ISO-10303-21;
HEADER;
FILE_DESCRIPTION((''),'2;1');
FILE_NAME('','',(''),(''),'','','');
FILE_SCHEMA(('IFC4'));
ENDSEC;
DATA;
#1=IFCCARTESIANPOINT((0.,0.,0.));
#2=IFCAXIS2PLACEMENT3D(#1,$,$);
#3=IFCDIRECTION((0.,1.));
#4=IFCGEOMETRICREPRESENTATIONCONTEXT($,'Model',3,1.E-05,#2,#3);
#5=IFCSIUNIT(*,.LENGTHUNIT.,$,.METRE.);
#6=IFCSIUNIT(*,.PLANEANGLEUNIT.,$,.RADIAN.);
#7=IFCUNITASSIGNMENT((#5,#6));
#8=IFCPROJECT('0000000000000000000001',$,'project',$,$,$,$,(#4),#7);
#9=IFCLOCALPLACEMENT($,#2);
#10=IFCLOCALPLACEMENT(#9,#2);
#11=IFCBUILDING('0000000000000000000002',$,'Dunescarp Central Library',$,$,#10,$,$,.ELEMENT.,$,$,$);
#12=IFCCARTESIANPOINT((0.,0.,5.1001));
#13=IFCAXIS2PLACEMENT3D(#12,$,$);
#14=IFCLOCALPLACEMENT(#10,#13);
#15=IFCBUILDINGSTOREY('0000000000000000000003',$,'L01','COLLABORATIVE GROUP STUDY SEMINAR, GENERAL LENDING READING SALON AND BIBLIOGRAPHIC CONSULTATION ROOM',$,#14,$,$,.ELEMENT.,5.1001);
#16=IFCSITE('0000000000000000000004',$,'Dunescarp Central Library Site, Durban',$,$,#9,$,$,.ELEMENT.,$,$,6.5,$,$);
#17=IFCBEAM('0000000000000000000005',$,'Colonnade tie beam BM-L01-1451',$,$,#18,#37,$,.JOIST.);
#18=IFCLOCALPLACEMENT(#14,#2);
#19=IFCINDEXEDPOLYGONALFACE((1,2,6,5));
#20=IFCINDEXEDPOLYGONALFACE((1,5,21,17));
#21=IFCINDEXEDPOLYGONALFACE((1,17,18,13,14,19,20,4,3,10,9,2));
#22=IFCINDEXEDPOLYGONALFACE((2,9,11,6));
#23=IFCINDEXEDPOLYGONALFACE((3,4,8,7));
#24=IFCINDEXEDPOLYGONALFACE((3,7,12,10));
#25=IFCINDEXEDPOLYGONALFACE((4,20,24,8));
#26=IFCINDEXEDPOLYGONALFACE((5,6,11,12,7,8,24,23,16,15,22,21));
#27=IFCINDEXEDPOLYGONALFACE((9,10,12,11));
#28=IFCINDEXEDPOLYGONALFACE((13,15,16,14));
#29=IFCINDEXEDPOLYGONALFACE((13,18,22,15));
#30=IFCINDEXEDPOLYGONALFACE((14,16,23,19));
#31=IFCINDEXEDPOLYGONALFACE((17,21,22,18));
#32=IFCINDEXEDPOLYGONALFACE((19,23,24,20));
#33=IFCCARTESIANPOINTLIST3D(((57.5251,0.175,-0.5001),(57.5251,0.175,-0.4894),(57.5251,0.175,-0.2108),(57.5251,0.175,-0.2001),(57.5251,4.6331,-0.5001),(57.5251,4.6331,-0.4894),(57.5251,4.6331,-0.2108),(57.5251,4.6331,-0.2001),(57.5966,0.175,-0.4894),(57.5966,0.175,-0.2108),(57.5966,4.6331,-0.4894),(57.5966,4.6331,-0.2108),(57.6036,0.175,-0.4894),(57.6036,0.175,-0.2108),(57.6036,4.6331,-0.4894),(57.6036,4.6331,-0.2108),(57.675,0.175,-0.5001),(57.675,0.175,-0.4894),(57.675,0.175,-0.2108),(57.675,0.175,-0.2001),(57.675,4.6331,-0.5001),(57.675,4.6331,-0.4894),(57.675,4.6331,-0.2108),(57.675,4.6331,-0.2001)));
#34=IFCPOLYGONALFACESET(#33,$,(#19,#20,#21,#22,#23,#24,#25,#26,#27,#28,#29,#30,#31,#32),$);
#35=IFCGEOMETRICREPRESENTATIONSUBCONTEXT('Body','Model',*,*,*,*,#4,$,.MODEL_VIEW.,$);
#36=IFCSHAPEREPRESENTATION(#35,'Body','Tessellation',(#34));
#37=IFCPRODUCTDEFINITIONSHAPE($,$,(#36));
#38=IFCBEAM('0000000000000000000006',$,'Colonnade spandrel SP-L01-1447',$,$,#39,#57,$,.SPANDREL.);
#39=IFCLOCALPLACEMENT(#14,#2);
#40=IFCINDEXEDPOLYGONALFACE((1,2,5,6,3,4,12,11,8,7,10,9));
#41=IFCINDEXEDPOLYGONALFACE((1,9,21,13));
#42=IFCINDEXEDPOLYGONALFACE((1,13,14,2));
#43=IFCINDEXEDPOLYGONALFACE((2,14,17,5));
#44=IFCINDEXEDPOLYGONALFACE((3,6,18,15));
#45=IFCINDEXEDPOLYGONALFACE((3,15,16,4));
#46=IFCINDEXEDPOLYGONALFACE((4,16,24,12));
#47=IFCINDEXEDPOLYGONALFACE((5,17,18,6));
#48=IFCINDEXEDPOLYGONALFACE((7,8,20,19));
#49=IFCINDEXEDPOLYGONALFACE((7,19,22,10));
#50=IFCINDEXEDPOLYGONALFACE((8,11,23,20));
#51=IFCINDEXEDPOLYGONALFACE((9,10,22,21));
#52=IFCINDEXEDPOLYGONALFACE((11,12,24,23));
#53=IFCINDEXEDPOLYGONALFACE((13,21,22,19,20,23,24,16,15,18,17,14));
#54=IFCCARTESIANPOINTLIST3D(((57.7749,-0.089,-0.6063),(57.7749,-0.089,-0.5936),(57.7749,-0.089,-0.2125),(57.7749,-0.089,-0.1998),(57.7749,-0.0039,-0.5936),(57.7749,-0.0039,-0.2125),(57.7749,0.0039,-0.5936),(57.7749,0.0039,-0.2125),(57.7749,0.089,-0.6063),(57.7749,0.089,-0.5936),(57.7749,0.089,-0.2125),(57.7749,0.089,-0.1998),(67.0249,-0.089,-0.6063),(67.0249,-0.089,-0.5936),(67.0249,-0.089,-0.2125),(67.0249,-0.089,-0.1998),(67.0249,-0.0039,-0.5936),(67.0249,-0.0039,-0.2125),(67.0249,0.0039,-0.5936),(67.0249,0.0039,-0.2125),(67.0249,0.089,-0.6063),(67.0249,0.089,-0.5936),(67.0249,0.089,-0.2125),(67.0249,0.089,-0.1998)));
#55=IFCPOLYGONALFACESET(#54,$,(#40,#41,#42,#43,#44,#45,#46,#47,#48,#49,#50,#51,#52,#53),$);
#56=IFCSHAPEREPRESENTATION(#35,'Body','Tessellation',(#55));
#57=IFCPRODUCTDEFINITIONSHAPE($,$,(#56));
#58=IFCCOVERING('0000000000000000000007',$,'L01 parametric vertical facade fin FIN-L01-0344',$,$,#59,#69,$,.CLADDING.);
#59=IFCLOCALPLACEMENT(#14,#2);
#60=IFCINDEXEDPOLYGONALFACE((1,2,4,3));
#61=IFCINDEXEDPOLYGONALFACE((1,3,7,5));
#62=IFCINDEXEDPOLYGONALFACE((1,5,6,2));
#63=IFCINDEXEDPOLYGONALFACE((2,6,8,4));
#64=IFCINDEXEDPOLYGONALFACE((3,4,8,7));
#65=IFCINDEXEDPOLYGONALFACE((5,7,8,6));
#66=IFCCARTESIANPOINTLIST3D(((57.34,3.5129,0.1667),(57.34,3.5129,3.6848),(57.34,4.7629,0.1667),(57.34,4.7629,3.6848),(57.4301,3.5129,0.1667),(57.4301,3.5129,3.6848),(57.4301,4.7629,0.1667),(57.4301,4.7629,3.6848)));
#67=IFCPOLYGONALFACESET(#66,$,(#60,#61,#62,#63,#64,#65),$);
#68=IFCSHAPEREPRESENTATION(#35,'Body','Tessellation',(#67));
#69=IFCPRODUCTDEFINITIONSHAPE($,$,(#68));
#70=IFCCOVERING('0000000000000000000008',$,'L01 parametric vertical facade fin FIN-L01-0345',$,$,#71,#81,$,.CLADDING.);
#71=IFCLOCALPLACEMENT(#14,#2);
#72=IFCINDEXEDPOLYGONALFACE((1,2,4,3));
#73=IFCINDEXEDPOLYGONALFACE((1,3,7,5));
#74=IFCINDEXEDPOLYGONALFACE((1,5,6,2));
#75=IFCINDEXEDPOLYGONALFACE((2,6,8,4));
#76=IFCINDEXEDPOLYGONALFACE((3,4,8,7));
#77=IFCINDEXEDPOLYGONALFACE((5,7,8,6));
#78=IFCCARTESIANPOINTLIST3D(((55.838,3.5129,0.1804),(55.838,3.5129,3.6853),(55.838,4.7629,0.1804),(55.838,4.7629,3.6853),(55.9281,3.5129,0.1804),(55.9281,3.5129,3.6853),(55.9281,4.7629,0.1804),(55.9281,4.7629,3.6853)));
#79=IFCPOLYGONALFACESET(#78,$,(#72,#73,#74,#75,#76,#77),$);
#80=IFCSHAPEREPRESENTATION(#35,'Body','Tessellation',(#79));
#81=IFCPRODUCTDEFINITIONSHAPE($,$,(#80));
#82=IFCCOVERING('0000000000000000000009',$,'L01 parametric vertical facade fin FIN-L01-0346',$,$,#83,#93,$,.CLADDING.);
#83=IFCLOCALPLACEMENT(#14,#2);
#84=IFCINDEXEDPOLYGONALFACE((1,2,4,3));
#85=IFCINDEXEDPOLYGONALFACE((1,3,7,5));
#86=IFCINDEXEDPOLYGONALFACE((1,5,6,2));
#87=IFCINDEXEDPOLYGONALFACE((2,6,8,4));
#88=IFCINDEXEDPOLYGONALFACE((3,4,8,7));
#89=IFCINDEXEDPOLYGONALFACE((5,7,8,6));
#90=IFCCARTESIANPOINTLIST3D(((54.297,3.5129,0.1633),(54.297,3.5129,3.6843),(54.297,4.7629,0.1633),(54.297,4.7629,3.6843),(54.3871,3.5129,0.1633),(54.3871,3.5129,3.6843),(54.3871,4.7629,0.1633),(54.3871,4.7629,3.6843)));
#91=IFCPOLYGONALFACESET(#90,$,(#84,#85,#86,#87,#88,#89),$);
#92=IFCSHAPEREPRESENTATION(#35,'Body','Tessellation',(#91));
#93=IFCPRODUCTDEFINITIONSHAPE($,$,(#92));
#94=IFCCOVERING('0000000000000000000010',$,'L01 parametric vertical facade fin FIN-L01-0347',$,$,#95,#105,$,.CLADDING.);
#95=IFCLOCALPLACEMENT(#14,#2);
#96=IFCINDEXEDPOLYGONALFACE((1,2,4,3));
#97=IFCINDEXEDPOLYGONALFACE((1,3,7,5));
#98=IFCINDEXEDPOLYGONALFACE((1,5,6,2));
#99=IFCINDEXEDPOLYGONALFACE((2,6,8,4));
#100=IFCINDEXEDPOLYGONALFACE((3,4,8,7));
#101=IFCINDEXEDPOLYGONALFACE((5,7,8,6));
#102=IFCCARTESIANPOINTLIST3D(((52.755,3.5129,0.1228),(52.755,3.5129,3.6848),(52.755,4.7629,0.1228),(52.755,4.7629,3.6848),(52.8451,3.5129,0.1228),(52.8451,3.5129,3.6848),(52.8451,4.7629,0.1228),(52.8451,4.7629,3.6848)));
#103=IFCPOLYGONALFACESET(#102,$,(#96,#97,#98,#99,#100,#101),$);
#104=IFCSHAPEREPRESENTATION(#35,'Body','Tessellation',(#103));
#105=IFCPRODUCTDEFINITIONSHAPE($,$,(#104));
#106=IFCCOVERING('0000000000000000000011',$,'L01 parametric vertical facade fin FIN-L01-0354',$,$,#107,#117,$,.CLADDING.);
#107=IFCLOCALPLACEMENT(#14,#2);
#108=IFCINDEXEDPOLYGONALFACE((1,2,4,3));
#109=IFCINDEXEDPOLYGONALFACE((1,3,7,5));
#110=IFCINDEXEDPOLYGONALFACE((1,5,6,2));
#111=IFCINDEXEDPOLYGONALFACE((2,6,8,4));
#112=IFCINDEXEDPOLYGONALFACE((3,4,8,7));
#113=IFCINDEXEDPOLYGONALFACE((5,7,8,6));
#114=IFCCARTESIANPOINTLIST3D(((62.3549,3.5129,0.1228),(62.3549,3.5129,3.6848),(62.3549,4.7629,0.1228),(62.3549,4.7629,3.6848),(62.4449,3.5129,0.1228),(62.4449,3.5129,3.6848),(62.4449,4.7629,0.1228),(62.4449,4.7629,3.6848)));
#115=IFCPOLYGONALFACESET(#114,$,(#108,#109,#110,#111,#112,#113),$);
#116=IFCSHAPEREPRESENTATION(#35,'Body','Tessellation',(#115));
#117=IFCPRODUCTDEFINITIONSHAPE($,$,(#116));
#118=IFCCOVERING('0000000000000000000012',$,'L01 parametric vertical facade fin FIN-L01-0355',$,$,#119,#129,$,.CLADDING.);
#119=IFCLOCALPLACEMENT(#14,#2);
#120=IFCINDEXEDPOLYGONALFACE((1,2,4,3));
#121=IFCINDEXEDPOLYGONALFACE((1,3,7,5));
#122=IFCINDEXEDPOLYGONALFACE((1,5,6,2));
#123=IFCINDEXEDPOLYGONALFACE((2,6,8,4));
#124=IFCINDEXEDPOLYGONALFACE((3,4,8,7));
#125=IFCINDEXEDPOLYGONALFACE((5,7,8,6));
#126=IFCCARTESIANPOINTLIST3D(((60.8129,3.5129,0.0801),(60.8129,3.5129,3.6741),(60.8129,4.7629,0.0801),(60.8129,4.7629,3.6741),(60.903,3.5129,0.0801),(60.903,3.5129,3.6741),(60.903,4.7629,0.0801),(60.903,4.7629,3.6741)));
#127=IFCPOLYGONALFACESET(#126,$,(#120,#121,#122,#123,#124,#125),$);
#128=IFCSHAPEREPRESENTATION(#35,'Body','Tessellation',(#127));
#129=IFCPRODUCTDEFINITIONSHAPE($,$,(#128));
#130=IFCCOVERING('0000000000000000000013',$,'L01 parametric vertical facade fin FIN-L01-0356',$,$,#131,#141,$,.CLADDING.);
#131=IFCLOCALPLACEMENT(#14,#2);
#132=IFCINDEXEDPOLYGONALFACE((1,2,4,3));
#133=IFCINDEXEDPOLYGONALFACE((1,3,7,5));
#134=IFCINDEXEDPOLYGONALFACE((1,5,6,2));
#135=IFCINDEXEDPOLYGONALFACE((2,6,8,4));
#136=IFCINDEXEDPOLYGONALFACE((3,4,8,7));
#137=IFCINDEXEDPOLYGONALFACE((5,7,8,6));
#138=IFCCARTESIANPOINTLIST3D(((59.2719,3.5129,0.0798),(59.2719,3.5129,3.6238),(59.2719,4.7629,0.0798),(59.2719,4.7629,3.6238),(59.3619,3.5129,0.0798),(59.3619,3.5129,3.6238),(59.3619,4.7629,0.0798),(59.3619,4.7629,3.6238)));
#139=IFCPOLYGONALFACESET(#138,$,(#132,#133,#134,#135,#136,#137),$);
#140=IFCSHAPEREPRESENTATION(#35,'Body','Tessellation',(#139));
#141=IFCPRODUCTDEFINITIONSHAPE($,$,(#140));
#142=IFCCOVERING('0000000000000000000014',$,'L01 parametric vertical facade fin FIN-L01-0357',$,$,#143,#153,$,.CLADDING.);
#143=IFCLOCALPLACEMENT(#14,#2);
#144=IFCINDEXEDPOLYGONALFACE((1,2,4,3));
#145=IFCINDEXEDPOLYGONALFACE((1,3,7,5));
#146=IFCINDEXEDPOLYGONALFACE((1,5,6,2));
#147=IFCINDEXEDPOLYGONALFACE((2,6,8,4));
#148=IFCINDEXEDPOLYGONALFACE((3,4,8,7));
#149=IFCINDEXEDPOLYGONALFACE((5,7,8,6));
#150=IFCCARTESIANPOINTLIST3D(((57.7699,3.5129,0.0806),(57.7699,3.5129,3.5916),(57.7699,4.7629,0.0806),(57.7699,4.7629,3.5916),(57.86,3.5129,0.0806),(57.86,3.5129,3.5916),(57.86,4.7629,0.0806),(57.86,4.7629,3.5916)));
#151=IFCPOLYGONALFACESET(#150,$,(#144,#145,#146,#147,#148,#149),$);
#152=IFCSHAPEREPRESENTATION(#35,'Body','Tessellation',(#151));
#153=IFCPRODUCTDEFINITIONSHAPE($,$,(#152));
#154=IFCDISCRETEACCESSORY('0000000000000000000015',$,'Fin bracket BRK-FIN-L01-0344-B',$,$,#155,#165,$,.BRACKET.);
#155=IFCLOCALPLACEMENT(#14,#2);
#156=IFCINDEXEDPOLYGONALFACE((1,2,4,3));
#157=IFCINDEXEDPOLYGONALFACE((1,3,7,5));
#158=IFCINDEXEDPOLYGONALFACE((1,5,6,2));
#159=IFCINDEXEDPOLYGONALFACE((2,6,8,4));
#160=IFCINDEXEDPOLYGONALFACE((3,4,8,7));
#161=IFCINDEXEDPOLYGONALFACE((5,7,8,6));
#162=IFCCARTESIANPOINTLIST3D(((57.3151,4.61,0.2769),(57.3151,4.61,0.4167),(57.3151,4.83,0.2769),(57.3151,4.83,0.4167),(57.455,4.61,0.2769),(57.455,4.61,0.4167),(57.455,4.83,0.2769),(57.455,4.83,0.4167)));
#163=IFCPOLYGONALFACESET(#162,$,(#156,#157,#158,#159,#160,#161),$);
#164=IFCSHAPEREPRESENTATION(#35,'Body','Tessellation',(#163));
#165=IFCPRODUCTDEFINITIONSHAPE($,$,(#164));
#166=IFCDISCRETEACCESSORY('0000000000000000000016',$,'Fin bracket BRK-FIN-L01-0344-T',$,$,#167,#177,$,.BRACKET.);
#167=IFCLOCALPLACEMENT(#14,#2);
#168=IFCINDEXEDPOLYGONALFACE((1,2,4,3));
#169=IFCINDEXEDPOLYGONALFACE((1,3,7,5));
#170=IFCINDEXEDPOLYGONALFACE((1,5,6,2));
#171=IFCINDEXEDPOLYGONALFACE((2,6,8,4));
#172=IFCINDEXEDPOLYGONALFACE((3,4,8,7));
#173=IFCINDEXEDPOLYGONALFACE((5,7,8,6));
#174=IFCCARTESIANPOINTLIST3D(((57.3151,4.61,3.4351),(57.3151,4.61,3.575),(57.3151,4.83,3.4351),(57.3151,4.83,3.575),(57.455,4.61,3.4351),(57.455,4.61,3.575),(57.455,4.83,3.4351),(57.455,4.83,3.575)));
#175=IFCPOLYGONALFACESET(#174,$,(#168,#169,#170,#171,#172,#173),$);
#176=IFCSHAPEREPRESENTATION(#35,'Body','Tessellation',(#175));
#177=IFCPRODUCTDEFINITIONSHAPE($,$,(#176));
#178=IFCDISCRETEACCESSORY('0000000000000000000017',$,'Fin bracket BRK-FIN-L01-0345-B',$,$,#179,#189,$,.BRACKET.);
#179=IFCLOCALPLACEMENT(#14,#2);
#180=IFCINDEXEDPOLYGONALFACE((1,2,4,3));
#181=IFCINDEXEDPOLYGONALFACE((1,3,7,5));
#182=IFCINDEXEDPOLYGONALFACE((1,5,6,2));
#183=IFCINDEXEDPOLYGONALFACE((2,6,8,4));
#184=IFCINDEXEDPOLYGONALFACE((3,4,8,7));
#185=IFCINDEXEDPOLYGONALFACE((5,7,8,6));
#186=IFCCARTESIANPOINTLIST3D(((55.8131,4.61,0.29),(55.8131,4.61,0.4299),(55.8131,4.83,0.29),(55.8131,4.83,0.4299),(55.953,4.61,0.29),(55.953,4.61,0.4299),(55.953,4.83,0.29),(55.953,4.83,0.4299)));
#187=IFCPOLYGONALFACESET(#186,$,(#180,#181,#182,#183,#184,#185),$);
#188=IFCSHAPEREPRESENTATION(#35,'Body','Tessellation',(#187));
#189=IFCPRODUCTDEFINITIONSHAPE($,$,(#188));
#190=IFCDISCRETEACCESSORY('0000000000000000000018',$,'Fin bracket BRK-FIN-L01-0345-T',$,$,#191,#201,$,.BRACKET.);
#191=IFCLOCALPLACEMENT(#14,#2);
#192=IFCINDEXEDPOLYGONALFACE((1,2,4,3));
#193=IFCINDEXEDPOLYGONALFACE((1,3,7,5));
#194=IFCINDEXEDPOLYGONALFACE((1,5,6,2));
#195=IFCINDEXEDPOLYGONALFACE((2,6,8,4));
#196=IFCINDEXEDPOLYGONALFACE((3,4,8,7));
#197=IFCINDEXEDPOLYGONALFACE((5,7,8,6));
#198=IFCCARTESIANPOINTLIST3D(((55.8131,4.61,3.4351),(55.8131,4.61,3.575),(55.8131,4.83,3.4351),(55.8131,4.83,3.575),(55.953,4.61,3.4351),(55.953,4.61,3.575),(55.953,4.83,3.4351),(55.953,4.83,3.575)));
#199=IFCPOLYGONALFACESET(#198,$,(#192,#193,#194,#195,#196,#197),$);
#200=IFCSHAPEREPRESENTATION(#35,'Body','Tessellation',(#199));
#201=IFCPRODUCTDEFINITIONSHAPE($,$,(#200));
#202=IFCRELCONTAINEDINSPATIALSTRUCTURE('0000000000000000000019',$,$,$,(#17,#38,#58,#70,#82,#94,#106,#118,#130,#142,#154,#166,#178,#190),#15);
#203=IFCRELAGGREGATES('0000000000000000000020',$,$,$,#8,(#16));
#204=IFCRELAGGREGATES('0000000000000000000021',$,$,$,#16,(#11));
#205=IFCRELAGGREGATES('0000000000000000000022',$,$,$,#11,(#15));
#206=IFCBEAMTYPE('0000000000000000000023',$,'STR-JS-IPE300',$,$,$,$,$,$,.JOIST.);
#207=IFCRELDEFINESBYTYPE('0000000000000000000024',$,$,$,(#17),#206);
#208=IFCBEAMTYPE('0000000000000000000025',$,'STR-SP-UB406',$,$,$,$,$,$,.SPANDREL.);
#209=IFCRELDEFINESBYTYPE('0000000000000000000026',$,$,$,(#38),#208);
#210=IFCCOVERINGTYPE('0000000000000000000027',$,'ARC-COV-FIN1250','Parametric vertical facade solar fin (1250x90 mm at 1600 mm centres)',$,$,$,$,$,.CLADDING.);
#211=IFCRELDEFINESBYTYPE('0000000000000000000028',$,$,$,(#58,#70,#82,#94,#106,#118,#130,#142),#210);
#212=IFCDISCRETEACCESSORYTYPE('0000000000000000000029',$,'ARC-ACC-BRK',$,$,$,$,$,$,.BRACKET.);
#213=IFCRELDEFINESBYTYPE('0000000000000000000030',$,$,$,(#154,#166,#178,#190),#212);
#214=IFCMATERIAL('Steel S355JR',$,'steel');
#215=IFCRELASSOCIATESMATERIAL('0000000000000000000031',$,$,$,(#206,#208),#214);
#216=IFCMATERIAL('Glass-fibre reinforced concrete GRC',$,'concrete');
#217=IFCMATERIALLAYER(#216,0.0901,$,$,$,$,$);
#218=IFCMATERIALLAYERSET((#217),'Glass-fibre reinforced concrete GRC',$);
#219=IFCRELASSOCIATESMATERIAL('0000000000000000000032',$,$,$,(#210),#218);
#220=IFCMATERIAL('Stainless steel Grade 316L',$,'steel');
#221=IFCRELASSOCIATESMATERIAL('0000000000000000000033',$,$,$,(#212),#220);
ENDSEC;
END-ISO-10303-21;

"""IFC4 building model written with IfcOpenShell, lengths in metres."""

from ifc_helpers import new_model, si_unit, direction, frame, origin, origin_2d, place, context, subcontext, project, spatial, rectangle, i_section, extrude, material, layer, layer_set, material_profile, profile_set, type_object, element, save


model = new_model("IFC4")

# Units and contexts
model_context = context("Model", 3, precision=1e-05, world=origin(), true_north=direction((0.0, 1.0)))
body_context = subcontext(model_context, "Body", "Model", "MODEL_VIEW")
ifc_project = project(units=[si_unit("LENGTHUNIT", "METRE"), si_unit("PLANEANGLEUNIT", "RADIAN")], contexts=[model_context])

# Site, building, storey
site_placement = place(None, origin())
site = spatial("IfcSite", under=ifc_project, at=site_placement, Name="Dunescarp Central Library Site, Durban", CompositionType="ELEMENT", RefElevation=6.5)
building_placement = place(site_placement, origin())
building = spatial("IfcBuilding", under=site, at=building_placement, Name="Dunescarp Central Library", CompositionType="ELEMENT")
storey_placement = place(building_placement, frame((0.0, 0.0, 5.1001)))
storey = spatial("IfcBuildingStorey", under=building, at=storey_placement, Name="L01", Description="COLLABORATIVE GROUP STUDY SEMINAR, GENERAL LENDING READING SALON AND BIBLIOGRAPHIC CONSULTATION ROOM", CompositionType="ELEMENT", Elevation=5.1001)

# Beams
ifc_material_1 = material(Name="Steel S355JR", Category="steel")
ifc_material_profile_1 = material_profile(ifc_material_1, i_section(OverallWidth=0.1499, OverallDepth=0.3, WebThickness=0.0071, FlangeThickness=0.0107, at=origin_2d()), Name="IPE 300")
ifc_profile_set_1 = profile_set([ifc_material_profile_1], Name="Steel S355JR")
beam_type_1 = type_object("IfcBeamType", Name="STR-JS-IPE300", PredefinedType="JOIST", material=ifc_profile_set_1)
beam_1_placement = place(storey_placement, frame((57.6001, 0.175, -0.3501), z_axis=(0.0, 1.0, 0.0), x_axis=(-1.0, 0.0, 0.0)))
element("IfcBeam", 1, at=beam_1_placement, inside=storey, type_object=beam_type_1, Name="Colonnade tie beam BM-L01-1451", PredefinedType="JOIST", context=body_context, shape_type="SweptSolid", body=[
    extrude(i_section(OverallWidth=0.1499, OverallDepth=0.3, WebThickness=0.0071, FlangeThickness=0.0107, at=origin_2d()), origin(), (0.0, 0.0, 1.0), 4.458),
])
ifc_material_profile_2 = material_profile(ifc_material_1, i_section(OverallWidth=0.178, OverallDepth=0.4065, WebThickness=0.0078, FlangeThickness=0.0127, at=origin_2d()), Name="UB 406x178x60")
ifc_profile_set_2 = profile_set([ifc_material_profile_2], Name="Steel S355JR")
beam_type_2 = type_object("IfcBeamType", Name="STR-SP-UB406", PredefinedType="SPANDREL", material=ifc_profile_set_2)
beam_2_placement = place(storey_placement, frame((57.7749, 0.0, -0.4031), z_axis=(1.0, 0.0, 0.0), x_axis=(0.0, 1.0, 0.0)))
element("IfcBeam", 2, at=beam_2_placement, inside=storey, type_object=beam_type_2, Name="Colonnade spandrel SP-L01-1447", PredefinedType="SPANDREL", context=body_context, shape_type="SweptSolid", body=[
    extrude(i_section(OverallWidth=0.178, OverallDepth=0.4065, WebThickness=0.0078, FlangeThickness=0.0127, at=origin_2d()), origin(), (0.0, 0.0, 1.0), 9.25),
])

# Coverings
ifc_material_2 = material(Name="Glass-fibre reinforced concrete GRC", Category="concrete")
ifc_layer = layer(ifc_material_2, 0.0901)
ifc_layer_set = layer_set([ifc_layer], Name="Glass-fibre reinforced concrete GRC")
covering_type = type_object("IfcCoveringType", Name="ARC-COV-FIN1250", Description="Parametric vertical facade solar fin (1250x90 mm at 1600 mm centres)", PredefinedType="CLADDING", material=ifc_layer_set)
covering_1_placement = place(storey_placement, frame((57.385, 4.1379, 0.1667), z_axis=(0.0, 0.0, 1.0), x_axis=(0.0, -1.0, 0.0)))
element("IfcCovering", 3, at=covering_1_placement, inside=storey, type_object=covering_type, Name="L01 parametric vertical facade fin FIN-L01-0344", PredefinedType="CLADDING", context=body_context, shape_type="SweptSolid", body=[
    extrude(rectangle(XDim=1.25, YDim=0.0901, at=origin_2d()), origin(), (0.0, 0.0, 1.0), 3.5181),
])
covering_2_placement = place(storey_placement, frame((55.8831, 4.1379, 0.1804), z_axis=(0.0, 0.0, 1.0), x_axis=(0.0, -1.0, 0.0)))
element("IfcCovering", 4, at=covering_2_placement, inside=storey, type_object=covering_type, Name="L01 parametric vertical facade fin FIN-L01-0345", PredefinedType="CLADDING", context=body_context, shape_type="SweptSolid", body=[
    extrude(rectangle(XDim=1.25, YDim=0.0901, at=origin_2d()), origin(), (0.0, 0.0, 1.0), 3.5049),
])
covering_3_placement = place(storey_placement, frame((54.342, 4.1379, 0.1633), z_axis=(0.0, 0.0, 1.0), x_axis=(0.0, -1.0, 0.0)))
element("IfcCovering", 5, at=covering_3_placement, inside=storey, type_object=covering_type, Name="L01 parametric vertical facade fin FIN-L01-0346", PredefinedType="CLADDING", context=body_context, shape_type="SweptSolid", body=[
    extrude(rectangle(XDim=1.25, YDim=0.0901, at=origin_2d()), origin(), (0.0, 0.0, 1.0), 3.521),
])
for number, where, z_axis, x_axis, name in (
    (6, (52.8, 4.1379, 0.1228), (0.0, 0.0, 1.0), (0.0, -1.0, 0.0), "L01 parametric vertical facade fin FIN-L01-0347"),
    (7, (62.3999, 4.1379, 0.1228), (0.0, 0.0, 1.0), (0.0, -1.0, 0.0), "L01 parametric vertical facade fin FIN-L01-0354"),
):
    element("IfcCovering", number, at=place(storey_placement, frame(where, z_axis=z_axis, x_axis=x_axis)), inside=storey, type_object=covering_type, Name=name, PredefinedType="CLADDING", context=body_context, shape_type="SweptSolid", body=[
        extrude(rectangle(XDim=1.25, YDim=0.0901, at=origin_2d()), origin(), (0.0, 0.0, 1.0), 3.562),
    ])
covering_4_placement = place(storey_placement, frame((60.8579, 4.1379, 0.0801), z_axis=(0.0, 0.0, 1.0), x_axis=(0.0, -1.0, 0.0)))
element("IfcCovering", 8, at=covering_4_placement, inside=storey, type_object=covering_type, Name="L01 parametric vertical facade fin FIN-L01-0355", PredefinedType="CLADDING", context=body_context, shape_type="SweptSolid", body=[
    extrude(rectangle(XDim=1.25, YDim=0.0901, at=origin_2d()), origin(), (0.0, 0.0, 1.0), 3.594),
])
covering_5_placement = place(storey_placement, frame((59.3169, 4.1379, 0.0798), z_axis=(0.0, 0.0, 1.0), x_axis=(0.0, -1.0, 0.0)))
element("IfcCovering", 9, at=covering_5_placement, inside=storey, type_object=covering_type, Name="L01 parametric vertical facade fin FIN-L01-0356", PredefinedType="CLADDING", context=body_context, shape_type="SweptSolid", body=[
    extrude(rectangle(XDim=1.25, YDim=0.0901, at=origin_2d()), origin(), (0.0, 0.0, 1.0), 3.5439),
])
covering_6_placement = place(storey_placement, frame((57.8149, 4.1379, 0.0806), z_axis=(0.0, 0.0, 1.0), x_axis=(0.0, -1.0, 0.0)))
element("IfcCovering", 10, at=covering_6_placement, inside=storey, type_object=covering_type, Name="L01 parametric vertical facade fin FIN-L01-0357", PredefinedType="CLADDING", context=body_context, shape_type="SweptSolid", body=[
    extrude(rectangle(XDim=1.25, YDim=0.0901, at=origin_2d()), origin(), (0.0, 0.0, 1.0), 3.511),
])

# Discrete accessories
ifc_material_3 = material(Name="Stainless steel Grade 316L", Category="steel")
discrete_accessory_type = type_object("IfcDiscreteAccessoryType", Name="ARC-ACC-BRK", PredefinedType="BRACKET", material=ifc_material_3)
for number, where, z_axis, x_axis, name in (
    (11, (57.385, 4.72, 0.2769), (0.0, 0.0, 1.0), (0.0, -1.0, 0.0), "Fin bracket BRK-FIN-L01-0344-B"),
    (12, (57.385, 4.72, 3.4351), (0.0, 0.0, 1.0), (0.0, -1.0, 0.0), "Fin bracket BRK-FIN-L01-0344-T"),
    (13, (55.8831, 4.72, 0.29), (0.0, 0.0, 1.0), (0.0, -1.0, 0.0), "Fin bracket BRK-FIN-L01-0345-B"),
    (14, (55.8831, 4.72, 3.4351), (0.0, 0.0, 1.0), (0.0, -1.0, 0.0), "Fin bracket BRK-FIN-L01-0345-T"),
):
    element("IfcDiscreteAccessory", number, at=place(storey_placement, frame(where, z_axis=z_axis, x_axis=x_axis)), inside=storey, type_object=discrete_accessory_type, Name=name, PredefinedType="BRACKET", context=body_context, shape_type="SweptSolid", body=[
        extrude(rectangle(XDim=0.22, YDim=0.1399, at=origin_2d()), origin(), (0.0, 0.0, 1.0), 0.1399),
    ])

save(model, "model.ifc")
